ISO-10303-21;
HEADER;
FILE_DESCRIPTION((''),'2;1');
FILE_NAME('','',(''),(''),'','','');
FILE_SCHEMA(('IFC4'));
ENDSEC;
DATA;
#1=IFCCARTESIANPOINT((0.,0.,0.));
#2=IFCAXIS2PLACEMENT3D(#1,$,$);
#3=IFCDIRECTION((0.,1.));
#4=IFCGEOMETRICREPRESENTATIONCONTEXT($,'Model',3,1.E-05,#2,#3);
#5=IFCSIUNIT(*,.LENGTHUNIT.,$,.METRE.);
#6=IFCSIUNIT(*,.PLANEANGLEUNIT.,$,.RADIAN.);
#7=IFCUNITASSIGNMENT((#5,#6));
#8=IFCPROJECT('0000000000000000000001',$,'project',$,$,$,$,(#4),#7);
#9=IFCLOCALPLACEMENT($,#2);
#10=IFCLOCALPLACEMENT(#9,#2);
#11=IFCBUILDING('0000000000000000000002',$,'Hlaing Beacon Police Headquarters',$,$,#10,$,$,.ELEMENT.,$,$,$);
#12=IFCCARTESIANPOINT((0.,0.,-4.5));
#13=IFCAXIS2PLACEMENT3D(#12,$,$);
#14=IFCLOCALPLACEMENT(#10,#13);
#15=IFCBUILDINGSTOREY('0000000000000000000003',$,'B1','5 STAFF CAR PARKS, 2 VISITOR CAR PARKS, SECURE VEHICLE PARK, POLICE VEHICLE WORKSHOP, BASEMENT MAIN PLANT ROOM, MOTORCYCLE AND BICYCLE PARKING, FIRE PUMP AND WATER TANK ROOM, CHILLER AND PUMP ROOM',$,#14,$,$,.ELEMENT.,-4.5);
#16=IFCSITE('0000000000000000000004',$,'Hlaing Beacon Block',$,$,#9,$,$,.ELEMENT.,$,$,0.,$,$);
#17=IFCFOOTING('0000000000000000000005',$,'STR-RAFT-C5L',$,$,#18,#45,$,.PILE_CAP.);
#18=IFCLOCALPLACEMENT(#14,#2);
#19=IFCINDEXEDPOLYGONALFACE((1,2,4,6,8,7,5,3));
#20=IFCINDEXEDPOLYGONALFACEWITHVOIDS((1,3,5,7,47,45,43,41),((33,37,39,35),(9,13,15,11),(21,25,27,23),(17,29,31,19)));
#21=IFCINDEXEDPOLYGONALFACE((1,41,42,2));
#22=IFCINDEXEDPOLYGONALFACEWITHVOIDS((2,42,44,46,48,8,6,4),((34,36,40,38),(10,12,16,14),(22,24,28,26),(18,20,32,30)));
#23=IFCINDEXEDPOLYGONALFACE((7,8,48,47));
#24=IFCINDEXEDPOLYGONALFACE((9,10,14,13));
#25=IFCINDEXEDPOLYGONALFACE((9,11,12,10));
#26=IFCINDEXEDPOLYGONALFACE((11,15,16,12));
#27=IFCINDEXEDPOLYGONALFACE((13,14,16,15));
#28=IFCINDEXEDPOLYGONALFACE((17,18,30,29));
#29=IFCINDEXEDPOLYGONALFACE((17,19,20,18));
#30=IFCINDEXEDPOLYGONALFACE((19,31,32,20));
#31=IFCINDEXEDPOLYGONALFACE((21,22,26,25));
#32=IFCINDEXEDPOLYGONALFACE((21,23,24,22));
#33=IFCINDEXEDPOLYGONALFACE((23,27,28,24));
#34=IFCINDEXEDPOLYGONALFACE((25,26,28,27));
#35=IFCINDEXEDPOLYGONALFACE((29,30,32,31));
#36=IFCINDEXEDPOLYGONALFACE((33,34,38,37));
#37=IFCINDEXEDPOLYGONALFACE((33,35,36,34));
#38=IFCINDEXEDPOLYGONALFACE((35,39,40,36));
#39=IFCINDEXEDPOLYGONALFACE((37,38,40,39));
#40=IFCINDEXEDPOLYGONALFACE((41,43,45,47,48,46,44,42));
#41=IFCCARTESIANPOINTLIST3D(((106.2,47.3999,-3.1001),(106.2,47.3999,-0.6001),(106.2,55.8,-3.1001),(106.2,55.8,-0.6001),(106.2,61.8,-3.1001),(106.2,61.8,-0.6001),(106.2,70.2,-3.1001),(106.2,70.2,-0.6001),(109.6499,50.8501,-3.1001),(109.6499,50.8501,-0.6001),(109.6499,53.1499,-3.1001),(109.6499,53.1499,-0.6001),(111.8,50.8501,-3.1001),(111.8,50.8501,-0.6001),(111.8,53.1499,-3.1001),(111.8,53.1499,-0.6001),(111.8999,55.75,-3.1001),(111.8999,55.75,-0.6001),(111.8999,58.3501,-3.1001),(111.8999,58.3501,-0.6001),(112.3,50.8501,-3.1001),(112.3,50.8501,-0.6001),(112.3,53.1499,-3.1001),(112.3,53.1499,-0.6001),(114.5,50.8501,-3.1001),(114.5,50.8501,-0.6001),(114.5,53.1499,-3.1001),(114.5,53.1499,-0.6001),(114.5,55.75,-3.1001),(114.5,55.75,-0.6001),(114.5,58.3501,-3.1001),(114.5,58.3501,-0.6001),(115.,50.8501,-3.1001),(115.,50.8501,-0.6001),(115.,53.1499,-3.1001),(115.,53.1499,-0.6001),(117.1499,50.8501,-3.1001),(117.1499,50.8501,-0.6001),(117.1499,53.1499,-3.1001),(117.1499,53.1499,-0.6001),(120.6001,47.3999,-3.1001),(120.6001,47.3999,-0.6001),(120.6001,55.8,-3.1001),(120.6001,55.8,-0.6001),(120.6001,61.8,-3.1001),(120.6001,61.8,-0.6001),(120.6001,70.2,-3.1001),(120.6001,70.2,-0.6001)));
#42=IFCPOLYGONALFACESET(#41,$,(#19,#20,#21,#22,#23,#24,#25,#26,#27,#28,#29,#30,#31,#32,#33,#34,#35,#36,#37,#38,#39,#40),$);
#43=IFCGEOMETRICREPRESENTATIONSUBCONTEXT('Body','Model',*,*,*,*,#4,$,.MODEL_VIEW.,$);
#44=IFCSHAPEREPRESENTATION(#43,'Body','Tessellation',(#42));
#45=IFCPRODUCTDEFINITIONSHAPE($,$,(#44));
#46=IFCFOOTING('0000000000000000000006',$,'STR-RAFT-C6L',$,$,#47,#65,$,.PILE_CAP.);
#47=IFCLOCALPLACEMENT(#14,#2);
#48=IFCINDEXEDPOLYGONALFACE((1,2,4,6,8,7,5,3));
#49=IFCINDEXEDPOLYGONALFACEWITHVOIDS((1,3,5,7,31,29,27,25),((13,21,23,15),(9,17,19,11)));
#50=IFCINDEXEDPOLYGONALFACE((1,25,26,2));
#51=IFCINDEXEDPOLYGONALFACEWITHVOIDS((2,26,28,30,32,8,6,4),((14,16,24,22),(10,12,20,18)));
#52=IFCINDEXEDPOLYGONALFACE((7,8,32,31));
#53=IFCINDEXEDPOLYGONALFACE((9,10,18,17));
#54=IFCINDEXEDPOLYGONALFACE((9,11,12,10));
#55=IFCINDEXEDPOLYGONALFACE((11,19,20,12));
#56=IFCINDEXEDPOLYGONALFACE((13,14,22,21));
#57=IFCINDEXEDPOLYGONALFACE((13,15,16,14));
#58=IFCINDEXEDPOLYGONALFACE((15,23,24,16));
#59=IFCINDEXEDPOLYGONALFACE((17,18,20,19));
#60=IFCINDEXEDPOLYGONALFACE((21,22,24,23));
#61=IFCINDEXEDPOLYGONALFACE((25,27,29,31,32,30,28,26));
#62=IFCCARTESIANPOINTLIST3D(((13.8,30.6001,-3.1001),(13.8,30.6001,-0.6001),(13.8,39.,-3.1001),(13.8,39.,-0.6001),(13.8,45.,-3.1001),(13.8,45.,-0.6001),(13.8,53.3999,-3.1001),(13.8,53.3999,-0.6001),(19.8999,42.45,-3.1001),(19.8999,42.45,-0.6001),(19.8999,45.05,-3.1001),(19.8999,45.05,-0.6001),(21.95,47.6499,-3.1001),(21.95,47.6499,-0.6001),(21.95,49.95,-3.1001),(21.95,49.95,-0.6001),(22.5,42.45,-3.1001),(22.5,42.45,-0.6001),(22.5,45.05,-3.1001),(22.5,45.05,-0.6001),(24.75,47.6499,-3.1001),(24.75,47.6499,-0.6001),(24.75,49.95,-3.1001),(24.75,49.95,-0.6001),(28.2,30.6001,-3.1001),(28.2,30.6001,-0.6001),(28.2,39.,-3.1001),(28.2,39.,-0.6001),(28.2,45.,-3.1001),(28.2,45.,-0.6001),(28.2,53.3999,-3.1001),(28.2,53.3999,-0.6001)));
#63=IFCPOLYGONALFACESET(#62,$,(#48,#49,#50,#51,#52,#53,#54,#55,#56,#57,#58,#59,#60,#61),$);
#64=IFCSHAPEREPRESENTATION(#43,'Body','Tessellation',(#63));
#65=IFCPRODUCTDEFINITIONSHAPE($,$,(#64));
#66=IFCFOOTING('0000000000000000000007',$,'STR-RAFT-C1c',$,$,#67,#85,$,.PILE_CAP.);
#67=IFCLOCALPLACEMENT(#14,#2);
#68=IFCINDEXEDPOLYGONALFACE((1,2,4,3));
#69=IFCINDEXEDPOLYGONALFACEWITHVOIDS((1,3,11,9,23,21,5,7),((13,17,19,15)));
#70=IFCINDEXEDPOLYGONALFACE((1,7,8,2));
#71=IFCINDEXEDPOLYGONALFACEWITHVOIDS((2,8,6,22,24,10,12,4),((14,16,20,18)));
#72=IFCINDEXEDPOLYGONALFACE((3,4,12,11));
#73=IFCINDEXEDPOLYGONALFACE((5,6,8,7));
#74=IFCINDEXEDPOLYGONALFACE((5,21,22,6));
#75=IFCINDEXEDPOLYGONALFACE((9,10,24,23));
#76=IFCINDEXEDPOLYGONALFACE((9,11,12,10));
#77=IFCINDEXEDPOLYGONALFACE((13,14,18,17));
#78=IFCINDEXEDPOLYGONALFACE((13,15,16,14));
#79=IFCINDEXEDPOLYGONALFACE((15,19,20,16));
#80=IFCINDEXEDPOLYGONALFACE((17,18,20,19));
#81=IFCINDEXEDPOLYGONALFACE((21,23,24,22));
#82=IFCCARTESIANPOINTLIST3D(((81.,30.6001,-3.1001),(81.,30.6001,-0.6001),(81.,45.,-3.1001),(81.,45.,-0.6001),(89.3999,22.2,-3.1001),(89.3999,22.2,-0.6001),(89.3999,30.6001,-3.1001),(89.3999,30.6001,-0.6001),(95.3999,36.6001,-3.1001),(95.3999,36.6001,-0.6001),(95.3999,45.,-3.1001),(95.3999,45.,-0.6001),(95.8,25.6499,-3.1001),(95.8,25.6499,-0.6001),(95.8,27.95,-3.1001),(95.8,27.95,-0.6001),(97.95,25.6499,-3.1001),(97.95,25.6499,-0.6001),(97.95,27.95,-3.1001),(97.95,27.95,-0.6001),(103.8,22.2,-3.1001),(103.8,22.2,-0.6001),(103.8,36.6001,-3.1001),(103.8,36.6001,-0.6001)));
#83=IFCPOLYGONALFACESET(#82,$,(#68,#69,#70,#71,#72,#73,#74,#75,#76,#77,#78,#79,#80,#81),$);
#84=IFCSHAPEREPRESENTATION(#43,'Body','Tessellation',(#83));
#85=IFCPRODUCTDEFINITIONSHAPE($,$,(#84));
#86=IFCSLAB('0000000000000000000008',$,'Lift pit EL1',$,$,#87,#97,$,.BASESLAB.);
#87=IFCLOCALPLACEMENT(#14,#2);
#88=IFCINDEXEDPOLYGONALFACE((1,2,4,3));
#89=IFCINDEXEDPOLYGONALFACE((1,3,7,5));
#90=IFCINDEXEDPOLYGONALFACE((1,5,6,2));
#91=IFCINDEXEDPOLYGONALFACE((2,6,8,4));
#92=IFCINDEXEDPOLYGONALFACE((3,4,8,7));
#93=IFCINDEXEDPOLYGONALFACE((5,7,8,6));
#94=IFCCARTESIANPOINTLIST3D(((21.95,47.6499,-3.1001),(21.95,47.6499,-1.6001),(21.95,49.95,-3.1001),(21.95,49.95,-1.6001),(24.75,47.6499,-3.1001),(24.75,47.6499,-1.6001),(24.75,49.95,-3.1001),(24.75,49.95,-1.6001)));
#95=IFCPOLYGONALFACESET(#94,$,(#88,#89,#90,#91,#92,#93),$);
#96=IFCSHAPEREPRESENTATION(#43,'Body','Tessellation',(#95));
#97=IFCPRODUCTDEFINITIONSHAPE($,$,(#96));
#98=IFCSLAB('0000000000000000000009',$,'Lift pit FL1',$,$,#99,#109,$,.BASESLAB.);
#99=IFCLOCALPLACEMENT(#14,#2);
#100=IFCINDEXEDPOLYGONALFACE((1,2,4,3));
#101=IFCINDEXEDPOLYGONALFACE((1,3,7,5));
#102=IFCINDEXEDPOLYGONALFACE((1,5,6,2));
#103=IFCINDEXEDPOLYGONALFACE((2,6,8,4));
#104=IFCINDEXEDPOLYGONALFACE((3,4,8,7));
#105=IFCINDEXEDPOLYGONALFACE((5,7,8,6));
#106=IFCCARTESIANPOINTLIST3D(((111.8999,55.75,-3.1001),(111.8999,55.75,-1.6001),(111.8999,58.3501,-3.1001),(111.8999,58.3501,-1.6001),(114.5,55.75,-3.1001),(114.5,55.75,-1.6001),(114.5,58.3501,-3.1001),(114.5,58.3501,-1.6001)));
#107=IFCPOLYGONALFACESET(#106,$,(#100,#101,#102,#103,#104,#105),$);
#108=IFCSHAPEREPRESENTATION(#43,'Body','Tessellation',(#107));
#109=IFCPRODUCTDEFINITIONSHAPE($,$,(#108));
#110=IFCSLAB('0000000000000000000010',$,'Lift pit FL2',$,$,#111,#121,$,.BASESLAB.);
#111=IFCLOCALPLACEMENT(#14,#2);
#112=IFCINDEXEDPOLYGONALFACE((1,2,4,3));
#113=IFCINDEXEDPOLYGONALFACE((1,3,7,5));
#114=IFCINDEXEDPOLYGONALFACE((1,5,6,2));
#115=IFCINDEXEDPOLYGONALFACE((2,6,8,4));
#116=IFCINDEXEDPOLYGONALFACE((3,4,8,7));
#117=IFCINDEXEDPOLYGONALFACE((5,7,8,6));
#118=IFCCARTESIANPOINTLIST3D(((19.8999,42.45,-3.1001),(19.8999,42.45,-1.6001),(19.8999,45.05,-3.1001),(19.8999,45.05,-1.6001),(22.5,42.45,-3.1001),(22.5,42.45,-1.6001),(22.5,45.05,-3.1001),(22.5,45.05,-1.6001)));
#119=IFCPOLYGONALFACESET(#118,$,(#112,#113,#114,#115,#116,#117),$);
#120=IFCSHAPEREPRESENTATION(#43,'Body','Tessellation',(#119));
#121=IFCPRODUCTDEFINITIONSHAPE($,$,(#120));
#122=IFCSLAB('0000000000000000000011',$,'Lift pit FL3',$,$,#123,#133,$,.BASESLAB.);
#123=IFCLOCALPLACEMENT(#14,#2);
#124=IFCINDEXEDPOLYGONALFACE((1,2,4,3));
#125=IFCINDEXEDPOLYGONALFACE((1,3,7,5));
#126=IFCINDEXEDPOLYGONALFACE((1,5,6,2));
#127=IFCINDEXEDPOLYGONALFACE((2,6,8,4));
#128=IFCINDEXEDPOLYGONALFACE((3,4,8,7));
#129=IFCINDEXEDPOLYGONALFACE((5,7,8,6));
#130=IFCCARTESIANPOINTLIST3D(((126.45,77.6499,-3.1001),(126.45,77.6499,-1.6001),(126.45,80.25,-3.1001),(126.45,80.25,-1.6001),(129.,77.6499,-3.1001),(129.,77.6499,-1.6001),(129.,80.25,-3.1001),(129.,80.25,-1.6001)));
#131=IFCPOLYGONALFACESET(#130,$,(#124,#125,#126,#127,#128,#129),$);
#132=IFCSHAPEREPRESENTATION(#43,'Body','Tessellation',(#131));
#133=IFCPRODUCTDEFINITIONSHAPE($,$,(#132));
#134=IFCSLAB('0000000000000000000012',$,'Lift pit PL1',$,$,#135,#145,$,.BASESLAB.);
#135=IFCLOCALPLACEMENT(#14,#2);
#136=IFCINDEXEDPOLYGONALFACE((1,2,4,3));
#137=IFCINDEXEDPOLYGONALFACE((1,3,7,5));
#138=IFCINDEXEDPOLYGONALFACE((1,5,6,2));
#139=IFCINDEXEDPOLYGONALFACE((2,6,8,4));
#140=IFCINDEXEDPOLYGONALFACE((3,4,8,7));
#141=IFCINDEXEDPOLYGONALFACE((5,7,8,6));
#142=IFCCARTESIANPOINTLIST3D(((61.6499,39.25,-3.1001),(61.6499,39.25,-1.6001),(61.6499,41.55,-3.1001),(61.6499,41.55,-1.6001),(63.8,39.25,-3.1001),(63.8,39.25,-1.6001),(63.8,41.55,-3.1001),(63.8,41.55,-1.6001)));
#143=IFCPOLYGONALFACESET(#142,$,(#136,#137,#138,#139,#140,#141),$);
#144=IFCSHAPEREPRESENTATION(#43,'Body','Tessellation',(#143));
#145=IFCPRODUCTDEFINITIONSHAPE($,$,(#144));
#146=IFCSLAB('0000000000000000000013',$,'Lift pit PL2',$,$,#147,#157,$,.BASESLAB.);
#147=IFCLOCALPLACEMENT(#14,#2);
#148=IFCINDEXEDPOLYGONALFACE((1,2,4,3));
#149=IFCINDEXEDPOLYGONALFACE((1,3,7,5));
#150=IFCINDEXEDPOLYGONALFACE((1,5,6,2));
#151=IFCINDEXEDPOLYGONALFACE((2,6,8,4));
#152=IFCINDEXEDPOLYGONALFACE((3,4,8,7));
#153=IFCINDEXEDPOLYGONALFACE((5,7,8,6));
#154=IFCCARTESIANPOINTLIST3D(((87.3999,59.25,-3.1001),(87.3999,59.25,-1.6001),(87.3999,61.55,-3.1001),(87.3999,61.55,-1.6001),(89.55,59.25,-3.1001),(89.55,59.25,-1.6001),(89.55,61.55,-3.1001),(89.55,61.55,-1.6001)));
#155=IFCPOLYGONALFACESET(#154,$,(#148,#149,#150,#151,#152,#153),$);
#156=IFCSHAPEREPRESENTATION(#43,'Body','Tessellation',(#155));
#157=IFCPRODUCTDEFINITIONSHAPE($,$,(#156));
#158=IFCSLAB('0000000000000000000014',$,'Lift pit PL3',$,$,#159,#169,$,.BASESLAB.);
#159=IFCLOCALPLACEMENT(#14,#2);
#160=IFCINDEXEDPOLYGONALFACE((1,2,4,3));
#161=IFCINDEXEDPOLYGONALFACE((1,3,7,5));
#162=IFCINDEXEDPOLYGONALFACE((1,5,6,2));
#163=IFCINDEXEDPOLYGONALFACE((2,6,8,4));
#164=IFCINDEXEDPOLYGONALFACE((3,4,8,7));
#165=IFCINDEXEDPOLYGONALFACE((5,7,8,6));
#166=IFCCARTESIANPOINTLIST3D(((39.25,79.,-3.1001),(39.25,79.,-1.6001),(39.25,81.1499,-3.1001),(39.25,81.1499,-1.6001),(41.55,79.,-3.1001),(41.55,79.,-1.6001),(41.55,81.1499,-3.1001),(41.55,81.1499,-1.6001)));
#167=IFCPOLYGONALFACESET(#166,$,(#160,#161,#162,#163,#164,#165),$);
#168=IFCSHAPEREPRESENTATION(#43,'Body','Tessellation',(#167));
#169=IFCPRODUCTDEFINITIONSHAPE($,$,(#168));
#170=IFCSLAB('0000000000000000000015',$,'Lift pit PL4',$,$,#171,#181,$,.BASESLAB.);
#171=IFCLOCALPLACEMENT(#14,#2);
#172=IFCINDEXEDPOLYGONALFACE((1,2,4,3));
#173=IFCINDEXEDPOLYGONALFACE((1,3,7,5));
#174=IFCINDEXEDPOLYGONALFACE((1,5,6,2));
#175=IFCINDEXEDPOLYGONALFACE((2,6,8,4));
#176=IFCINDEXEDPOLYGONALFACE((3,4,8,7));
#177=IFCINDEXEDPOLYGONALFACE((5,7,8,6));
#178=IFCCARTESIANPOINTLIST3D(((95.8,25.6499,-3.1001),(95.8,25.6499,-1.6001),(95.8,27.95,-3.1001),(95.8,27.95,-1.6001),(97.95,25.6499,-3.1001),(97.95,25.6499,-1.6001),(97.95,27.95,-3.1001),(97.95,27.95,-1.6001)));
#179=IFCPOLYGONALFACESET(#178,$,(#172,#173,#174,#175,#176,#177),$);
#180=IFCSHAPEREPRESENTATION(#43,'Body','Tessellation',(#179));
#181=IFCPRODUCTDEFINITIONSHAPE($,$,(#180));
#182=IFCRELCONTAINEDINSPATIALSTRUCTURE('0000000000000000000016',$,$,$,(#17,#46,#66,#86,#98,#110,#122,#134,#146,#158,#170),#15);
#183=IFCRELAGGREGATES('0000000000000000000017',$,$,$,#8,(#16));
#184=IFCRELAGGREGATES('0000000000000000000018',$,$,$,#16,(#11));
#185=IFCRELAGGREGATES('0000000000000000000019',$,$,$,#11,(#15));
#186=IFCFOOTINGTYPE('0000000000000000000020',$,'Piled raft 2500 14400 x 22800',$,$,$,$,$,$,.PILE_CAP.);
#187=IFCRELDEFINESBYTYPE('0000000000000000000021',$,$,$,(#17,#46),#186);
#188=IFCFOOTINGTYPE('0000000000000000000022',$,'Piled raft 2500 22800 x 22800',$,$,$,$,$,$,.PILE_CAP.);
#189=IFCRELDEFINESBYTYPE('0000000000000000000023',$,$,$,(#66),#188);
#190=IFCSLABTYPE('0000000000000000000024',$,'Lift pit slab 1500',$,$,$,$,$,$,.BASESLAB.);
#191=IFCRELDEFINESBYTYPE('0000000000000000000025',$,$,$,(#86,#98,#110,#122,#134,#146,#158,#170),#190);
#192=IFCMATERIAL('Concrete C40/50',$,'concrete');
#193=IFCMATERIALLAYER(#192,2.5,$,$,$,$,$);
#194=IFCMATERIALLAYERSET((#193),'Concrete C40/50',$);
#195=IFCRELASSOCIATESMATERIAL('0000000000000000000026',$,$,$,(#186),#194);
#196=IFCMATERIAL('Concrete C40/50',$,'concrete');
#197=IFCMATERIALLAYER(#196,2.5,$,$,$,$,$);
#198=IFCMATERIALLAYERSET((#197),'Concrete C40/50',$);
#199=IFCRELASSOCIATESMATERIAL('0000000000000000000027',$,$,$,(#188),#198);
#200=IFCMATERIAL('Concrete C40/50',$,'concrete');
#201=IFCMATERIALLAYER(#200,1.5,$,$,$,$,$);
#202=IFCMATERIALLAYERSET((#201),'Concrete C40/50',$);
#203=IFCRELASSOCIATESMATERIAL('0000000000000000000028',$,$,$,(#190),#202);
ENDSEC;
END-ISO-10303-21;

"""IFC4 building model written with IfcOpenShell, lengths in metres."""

from ifc_helpers import new_model, si_unit, direction, frame, origin, place, context, subcontext, project, spatial, polyline, outline, extrude, material, layer, layer_set, type_object, element, save


model = new_model("IFC4")

# Units and contexts
model_context = context("Model", 3, precision=1e-05, world=origin(), true_north=direction((0.0, 1.0)))
body_context = subcontext(model_context, "Body", "Model", "MODEL_VIEW")
ifc_project = project(units=[si_unit("LENGTHUNIT", "METRE"), si_unit("PLANEANGLEUNIT", "RADIAN")], contexts=[model_context])

# Site, building, storey
site_placement = place(None, origin())
site = spatial("IfcSite", under=ifc_project, at=site_placement, Name="Hlaing Beacon Block", CompositionType="ELEMENT", RefElevation=0.0)
building_placement = place(site_placement, origin())
building = spatial("IfcBuilding", under=site, at=building_placement, Name="Hlaing Beacon Police Headquarters", CompositionType="ELEMENT")
storey_placement = place(building_placement, frame((0.0, 0.0, -4.5)))
storey = spatial("IfcBuildingStorey", under=building, at=storey_placement, Name="B1", Description="5 STAFF CAR PARKS, 2 VISITOR CAR PARKS, SECURE VEHICLE PARK, POLICE VEHICLE WORKSHOP, BASEMENT MAIN PLANT ROOM, MOTORCYCLE AND BICYCLE PARKING, FIRE PUMP AND WATER TANK ROOM, CHILLER AND PUMP ROOM", CompositionType="ELEMENT", Elevation=-4.5)

# Footings
ifc_material_1 = material(Name="Concrete C40/50", Category="concrete")
ifc_layer_1 = layer(ifc_material_1, 2.5)
ifc_layer_set_1 = layer_set([ifc_layer_1], Name="Concrete C40/50")
footing_type_1 = type_object("IfcFootingType", Name="Piled raft 2500 14400 x 22800", PredefinedType="PILE_CAP", material=ifc_layer_set_1)
footing_1_placement = place(storey_placement, frame((0.0, 0.0, -3.1001)))
element("IfcFooting", 1, at=footing_1_placement, inside=storey, type_object=footing_type_1, Name="STR-RAFT-C5L", PredefinedType="PILE_CAP", context=body_context, shape_type="SweptSolid", body=[
    extrude(outline(polyline([(106.2, 70.2), (120.6001, 70.2), (120.6001, 61.8), (120.6001, 55.8), (120.6001, 47.3999), (106.2, 47.3999), (106.2, 55.8), (106.2, 61.8), (106.2, 70.2)]), holes=[polyline([(114.5, 55.75), (114.5, 58.3501), (111.8999, 58.3501), (111.8999, 55.75), (114.5, 55.75)]), polyline([(111.8, 50.8501), (111.8, 53.1499), (109.6499, 53.1499), (109.6499, 50.8501), (111.8, 50.8501)]), polyline([(114.5, 50.8501), (114.5, 53.1499), (112.3, 53.1499), (112.3, 50.8501), (114.5, 50.8501)]), polyline([(117.1499, 50.8501), (117.1499, 53.1499), (115.0, 53.1499), (115.0, 50.8501), (117.1499, 50.8501)])]), origin(), (0.0, 0.0, 1.0), 2.5),
])
footing_2_placement = place(storey_placement, frame((0.0, 0.0, -3.1001)))
element("IfcFooting", 2, at=footing_2_placement, inside=storey, type_object=footing_type_1, Name="STR-RAFT-C6L", PredefinedType="PILE_CAP", context=body_context, shape_type="SweptSolid", body=[
    extrude(outline(polyline([(28.2, 30.6001), (13.8, 30.6001), (13.8, 39.0), (13.8, 45.0), (13.8, 53.3999), (28.2, 53.3999), (28.2, 45.0), (28.2, 39.0), (28.2, 30.6001)]), holes=[polyline([(24.75, 47.6499), (24.75, 49.95), (21.95, 49.95), (21.95, 47.6499), (24.75, 47.6499)]), polyline([(22.5, 42.45), (22.5, 45.05), (19.8999, 45.05), (19.8999, 42.45), (22.5, 42.45)])]), origin(), (0.0, 0.0, 1.0), 2.5),
])
ifc_material_2 = material(Name="Concrete C40/50", Category="concrete")
ifc_layer_2 = layer(ifc_material_2, 2.5)
ifc_layer_set_2 = layer_set([ifc_layer_2], Name="Concrete C40/50")
footing_type_2 = type_object("IfcFootingType", Name="Piled raft 2500 22800 x 22800", PredefinedType="PILE_CAP", material=ifc_layer_set_2)
footing_3_placement = place(storey_placement, frame((0.0, 0.0, -3.1001)))
element("IfcFooting", 3, at=footing_3_placement, inside=storey, type_object=footing_type_2, Name="STR-RAFT-C1c", PredefinedType="PILE_CAP", context=body_context, shape_type="SweptSolid", body=[
    extrude(outline(polyline([(81.0, 45.0), (95.3999, 45.0), (95.3999, 36.6001), (103.8, 36.6001), (103.8, 22.2), (89.3999, 22.2), (89.3999, 30.6001), (81.0, 30.6001), (81.0, 45.0)]), holes=[polyline([(97.95, 25.6499), (97.95, 27.95), (95.8, 27.95), (95.8, 25.6499), (97.95, 25.6499)])]), origin(), (0.0, 0.0, 1.0), 2.5),
])

# Slabs
ifc_material_3 = material(Name="Concrete C40/50", Category="concrete")
ifc_layer_3 = layer(ifc_material_3, 1.5)
ifc_layer_set_3 = layer_set([ifc_layer_3], Name="Concrete C40/50")
slab_type = type_object("IfcSlabType", Name="Lift pit slab 1500", PredefinedType="BASESLAB", material=ifc_layer_set_3)
slab_1_placement = place(storey_placement, frame((0.0, 0.0, -3.1001)))
element("IfcSlab", 4, at=slab_1_placement, inside=storey, type_object=slab_type, Name="Lift pit EL1", PredefinedType="BASESLAB", context=body_context, shape_type="SweptSolid", body=[
    extrude(outline(polyline([(21.95, 47.6499), (24.75, 47.6499), (24.75, 49.95), (21.95, 49.95), (21.95, 47.6499)])), origin(), (0.0, 0.0, 1.0), 1.5),
])
slab_2_placement = place(storey_placement, frame((0.0, 0.0, -3.1001)))
element("IfcSlab", 5, at=slab_2_placement, inside=storey, type_object=slab_type, Name="Lift pit FL1", PredefinedType="BASESLAB", context=body_context, shape_type="SweptSolid", body=[
    extrude(outline(polyline([(111.8999, 55.75), (114.5, 55.75), (114.5, 58.3501), (111.8999, 58.3501), (111.8999, 55.75)])), origin(), (0.0, 0.0, 1.0), 1.5),
])
slab_3_placement = place(storey_placement, frame((0.0, 0.0, -3.1001)))
element("IfcSlab", 6, at=slab_3_placement, inside=storey, type_object=slab_type, Name="Lift pit FL2", PredefinedType="BASESLAB", context=body_context, shape_type="SweptSolid", body=[
    extrude(outline(polyline([(19.8999, 42.45), (22.5, 42.45), (22.5, 45.05), (19.8999, 45.05), (19.8999, 42.45)])), origin(), (0.0, 0.0, 1.0), 1.5),
])
slab_4_placement = place(storey_placement, frame((0.0, 0.0, -3.1001)))
element("IfcSlab", 7, at=slab_4_placement, inside=storey, type_object=slab_type, Name="Lift pit FL3", PredefinedType="BASESLAB", context=body_context, shape_type="SweptSolid", body=[
    extrude(outline(polyline([(126.45, 77.6499), (129.0, 77.6499), (129.0, 80.25), (126.45, 80.25), (126.45, 77.6499)])), origin(), (0.0, 0.0, 1.0), 1.5),
])
slab_5_placement = place(storey_placement, frame((0.0, 0.0, -3.1001)))
element("IfcSlab", 8, at=slab_5_placement, inside=storey, type_object=slab_type, Name="Lift pit PL1", PredefinedType="BASESLAB", context=body_context, shape_type="SweptSolid", body=[
    extrude(outline(polyline([(61.6499, 39.25), (63.8, 39.25), (63.8, 41.55), (61.6499, 41.55), (61.6499, 39.25)])), origin(), (0.0, 0.0, 1.0), 1.5),
])
slab_6_placement = place(storey_placement, frame((0.0, 0.0, -3.1001)))
element("IfcSlab", 9, at=slab_6_placement, inside=storey, type_object=slab_type, Name="Lift pit PL2", PredefinedType="BASESLAB", context=body_context, shape_type="SweptSolid", body=[
    extrude(outline(polyline([(87.3999, 59.25), (89.55, 59.25), (89.55, 61.55), (87.3999, 61.55), (87.3999, 59.25)])), origin(), (0.0, 0.0, 1.0), 1.5),
])
slab_7_placement = place(storey_placement, frame((0.0, 0.0, -3.1001)))
element("IfcSlab", 10, at=slab_7_placement, inside=storey, type_object=slab_type, Name="Lift pit PL3", PredefinedType="BASESLAB", context=body_context, shape_type="SweptSolid", body=[
    extrude(outline(polyline([(39.25, 79.0), (41.55, 79.0), (41.55, 81.1499), (39.25, 81.1499), (39.25, 79.0)])), origin(), (0.0, 0.0, 1.0), 1.5),
])
slab_8_placement = place(storey_placement, frame((0.0, 0.0, -3.1001)))
element("IfcSlab", 11, at=slab_8_placement, inside=storey, type_object=slab_type, Name="Lift pit PL4", PredefinedType="BASESLAB", context=body_context, shape_type="SweptSolid", body=[
    extrude(outline(polyline([(95.8, 25.6499), (97.95, 25.6499), (97.95, 27.95), (95.8, 27.95), (95.8, 25.6499)])), origin(), (0.0, 0.0, 1.0), 1.5),
])

save(model, "model.ifc")
